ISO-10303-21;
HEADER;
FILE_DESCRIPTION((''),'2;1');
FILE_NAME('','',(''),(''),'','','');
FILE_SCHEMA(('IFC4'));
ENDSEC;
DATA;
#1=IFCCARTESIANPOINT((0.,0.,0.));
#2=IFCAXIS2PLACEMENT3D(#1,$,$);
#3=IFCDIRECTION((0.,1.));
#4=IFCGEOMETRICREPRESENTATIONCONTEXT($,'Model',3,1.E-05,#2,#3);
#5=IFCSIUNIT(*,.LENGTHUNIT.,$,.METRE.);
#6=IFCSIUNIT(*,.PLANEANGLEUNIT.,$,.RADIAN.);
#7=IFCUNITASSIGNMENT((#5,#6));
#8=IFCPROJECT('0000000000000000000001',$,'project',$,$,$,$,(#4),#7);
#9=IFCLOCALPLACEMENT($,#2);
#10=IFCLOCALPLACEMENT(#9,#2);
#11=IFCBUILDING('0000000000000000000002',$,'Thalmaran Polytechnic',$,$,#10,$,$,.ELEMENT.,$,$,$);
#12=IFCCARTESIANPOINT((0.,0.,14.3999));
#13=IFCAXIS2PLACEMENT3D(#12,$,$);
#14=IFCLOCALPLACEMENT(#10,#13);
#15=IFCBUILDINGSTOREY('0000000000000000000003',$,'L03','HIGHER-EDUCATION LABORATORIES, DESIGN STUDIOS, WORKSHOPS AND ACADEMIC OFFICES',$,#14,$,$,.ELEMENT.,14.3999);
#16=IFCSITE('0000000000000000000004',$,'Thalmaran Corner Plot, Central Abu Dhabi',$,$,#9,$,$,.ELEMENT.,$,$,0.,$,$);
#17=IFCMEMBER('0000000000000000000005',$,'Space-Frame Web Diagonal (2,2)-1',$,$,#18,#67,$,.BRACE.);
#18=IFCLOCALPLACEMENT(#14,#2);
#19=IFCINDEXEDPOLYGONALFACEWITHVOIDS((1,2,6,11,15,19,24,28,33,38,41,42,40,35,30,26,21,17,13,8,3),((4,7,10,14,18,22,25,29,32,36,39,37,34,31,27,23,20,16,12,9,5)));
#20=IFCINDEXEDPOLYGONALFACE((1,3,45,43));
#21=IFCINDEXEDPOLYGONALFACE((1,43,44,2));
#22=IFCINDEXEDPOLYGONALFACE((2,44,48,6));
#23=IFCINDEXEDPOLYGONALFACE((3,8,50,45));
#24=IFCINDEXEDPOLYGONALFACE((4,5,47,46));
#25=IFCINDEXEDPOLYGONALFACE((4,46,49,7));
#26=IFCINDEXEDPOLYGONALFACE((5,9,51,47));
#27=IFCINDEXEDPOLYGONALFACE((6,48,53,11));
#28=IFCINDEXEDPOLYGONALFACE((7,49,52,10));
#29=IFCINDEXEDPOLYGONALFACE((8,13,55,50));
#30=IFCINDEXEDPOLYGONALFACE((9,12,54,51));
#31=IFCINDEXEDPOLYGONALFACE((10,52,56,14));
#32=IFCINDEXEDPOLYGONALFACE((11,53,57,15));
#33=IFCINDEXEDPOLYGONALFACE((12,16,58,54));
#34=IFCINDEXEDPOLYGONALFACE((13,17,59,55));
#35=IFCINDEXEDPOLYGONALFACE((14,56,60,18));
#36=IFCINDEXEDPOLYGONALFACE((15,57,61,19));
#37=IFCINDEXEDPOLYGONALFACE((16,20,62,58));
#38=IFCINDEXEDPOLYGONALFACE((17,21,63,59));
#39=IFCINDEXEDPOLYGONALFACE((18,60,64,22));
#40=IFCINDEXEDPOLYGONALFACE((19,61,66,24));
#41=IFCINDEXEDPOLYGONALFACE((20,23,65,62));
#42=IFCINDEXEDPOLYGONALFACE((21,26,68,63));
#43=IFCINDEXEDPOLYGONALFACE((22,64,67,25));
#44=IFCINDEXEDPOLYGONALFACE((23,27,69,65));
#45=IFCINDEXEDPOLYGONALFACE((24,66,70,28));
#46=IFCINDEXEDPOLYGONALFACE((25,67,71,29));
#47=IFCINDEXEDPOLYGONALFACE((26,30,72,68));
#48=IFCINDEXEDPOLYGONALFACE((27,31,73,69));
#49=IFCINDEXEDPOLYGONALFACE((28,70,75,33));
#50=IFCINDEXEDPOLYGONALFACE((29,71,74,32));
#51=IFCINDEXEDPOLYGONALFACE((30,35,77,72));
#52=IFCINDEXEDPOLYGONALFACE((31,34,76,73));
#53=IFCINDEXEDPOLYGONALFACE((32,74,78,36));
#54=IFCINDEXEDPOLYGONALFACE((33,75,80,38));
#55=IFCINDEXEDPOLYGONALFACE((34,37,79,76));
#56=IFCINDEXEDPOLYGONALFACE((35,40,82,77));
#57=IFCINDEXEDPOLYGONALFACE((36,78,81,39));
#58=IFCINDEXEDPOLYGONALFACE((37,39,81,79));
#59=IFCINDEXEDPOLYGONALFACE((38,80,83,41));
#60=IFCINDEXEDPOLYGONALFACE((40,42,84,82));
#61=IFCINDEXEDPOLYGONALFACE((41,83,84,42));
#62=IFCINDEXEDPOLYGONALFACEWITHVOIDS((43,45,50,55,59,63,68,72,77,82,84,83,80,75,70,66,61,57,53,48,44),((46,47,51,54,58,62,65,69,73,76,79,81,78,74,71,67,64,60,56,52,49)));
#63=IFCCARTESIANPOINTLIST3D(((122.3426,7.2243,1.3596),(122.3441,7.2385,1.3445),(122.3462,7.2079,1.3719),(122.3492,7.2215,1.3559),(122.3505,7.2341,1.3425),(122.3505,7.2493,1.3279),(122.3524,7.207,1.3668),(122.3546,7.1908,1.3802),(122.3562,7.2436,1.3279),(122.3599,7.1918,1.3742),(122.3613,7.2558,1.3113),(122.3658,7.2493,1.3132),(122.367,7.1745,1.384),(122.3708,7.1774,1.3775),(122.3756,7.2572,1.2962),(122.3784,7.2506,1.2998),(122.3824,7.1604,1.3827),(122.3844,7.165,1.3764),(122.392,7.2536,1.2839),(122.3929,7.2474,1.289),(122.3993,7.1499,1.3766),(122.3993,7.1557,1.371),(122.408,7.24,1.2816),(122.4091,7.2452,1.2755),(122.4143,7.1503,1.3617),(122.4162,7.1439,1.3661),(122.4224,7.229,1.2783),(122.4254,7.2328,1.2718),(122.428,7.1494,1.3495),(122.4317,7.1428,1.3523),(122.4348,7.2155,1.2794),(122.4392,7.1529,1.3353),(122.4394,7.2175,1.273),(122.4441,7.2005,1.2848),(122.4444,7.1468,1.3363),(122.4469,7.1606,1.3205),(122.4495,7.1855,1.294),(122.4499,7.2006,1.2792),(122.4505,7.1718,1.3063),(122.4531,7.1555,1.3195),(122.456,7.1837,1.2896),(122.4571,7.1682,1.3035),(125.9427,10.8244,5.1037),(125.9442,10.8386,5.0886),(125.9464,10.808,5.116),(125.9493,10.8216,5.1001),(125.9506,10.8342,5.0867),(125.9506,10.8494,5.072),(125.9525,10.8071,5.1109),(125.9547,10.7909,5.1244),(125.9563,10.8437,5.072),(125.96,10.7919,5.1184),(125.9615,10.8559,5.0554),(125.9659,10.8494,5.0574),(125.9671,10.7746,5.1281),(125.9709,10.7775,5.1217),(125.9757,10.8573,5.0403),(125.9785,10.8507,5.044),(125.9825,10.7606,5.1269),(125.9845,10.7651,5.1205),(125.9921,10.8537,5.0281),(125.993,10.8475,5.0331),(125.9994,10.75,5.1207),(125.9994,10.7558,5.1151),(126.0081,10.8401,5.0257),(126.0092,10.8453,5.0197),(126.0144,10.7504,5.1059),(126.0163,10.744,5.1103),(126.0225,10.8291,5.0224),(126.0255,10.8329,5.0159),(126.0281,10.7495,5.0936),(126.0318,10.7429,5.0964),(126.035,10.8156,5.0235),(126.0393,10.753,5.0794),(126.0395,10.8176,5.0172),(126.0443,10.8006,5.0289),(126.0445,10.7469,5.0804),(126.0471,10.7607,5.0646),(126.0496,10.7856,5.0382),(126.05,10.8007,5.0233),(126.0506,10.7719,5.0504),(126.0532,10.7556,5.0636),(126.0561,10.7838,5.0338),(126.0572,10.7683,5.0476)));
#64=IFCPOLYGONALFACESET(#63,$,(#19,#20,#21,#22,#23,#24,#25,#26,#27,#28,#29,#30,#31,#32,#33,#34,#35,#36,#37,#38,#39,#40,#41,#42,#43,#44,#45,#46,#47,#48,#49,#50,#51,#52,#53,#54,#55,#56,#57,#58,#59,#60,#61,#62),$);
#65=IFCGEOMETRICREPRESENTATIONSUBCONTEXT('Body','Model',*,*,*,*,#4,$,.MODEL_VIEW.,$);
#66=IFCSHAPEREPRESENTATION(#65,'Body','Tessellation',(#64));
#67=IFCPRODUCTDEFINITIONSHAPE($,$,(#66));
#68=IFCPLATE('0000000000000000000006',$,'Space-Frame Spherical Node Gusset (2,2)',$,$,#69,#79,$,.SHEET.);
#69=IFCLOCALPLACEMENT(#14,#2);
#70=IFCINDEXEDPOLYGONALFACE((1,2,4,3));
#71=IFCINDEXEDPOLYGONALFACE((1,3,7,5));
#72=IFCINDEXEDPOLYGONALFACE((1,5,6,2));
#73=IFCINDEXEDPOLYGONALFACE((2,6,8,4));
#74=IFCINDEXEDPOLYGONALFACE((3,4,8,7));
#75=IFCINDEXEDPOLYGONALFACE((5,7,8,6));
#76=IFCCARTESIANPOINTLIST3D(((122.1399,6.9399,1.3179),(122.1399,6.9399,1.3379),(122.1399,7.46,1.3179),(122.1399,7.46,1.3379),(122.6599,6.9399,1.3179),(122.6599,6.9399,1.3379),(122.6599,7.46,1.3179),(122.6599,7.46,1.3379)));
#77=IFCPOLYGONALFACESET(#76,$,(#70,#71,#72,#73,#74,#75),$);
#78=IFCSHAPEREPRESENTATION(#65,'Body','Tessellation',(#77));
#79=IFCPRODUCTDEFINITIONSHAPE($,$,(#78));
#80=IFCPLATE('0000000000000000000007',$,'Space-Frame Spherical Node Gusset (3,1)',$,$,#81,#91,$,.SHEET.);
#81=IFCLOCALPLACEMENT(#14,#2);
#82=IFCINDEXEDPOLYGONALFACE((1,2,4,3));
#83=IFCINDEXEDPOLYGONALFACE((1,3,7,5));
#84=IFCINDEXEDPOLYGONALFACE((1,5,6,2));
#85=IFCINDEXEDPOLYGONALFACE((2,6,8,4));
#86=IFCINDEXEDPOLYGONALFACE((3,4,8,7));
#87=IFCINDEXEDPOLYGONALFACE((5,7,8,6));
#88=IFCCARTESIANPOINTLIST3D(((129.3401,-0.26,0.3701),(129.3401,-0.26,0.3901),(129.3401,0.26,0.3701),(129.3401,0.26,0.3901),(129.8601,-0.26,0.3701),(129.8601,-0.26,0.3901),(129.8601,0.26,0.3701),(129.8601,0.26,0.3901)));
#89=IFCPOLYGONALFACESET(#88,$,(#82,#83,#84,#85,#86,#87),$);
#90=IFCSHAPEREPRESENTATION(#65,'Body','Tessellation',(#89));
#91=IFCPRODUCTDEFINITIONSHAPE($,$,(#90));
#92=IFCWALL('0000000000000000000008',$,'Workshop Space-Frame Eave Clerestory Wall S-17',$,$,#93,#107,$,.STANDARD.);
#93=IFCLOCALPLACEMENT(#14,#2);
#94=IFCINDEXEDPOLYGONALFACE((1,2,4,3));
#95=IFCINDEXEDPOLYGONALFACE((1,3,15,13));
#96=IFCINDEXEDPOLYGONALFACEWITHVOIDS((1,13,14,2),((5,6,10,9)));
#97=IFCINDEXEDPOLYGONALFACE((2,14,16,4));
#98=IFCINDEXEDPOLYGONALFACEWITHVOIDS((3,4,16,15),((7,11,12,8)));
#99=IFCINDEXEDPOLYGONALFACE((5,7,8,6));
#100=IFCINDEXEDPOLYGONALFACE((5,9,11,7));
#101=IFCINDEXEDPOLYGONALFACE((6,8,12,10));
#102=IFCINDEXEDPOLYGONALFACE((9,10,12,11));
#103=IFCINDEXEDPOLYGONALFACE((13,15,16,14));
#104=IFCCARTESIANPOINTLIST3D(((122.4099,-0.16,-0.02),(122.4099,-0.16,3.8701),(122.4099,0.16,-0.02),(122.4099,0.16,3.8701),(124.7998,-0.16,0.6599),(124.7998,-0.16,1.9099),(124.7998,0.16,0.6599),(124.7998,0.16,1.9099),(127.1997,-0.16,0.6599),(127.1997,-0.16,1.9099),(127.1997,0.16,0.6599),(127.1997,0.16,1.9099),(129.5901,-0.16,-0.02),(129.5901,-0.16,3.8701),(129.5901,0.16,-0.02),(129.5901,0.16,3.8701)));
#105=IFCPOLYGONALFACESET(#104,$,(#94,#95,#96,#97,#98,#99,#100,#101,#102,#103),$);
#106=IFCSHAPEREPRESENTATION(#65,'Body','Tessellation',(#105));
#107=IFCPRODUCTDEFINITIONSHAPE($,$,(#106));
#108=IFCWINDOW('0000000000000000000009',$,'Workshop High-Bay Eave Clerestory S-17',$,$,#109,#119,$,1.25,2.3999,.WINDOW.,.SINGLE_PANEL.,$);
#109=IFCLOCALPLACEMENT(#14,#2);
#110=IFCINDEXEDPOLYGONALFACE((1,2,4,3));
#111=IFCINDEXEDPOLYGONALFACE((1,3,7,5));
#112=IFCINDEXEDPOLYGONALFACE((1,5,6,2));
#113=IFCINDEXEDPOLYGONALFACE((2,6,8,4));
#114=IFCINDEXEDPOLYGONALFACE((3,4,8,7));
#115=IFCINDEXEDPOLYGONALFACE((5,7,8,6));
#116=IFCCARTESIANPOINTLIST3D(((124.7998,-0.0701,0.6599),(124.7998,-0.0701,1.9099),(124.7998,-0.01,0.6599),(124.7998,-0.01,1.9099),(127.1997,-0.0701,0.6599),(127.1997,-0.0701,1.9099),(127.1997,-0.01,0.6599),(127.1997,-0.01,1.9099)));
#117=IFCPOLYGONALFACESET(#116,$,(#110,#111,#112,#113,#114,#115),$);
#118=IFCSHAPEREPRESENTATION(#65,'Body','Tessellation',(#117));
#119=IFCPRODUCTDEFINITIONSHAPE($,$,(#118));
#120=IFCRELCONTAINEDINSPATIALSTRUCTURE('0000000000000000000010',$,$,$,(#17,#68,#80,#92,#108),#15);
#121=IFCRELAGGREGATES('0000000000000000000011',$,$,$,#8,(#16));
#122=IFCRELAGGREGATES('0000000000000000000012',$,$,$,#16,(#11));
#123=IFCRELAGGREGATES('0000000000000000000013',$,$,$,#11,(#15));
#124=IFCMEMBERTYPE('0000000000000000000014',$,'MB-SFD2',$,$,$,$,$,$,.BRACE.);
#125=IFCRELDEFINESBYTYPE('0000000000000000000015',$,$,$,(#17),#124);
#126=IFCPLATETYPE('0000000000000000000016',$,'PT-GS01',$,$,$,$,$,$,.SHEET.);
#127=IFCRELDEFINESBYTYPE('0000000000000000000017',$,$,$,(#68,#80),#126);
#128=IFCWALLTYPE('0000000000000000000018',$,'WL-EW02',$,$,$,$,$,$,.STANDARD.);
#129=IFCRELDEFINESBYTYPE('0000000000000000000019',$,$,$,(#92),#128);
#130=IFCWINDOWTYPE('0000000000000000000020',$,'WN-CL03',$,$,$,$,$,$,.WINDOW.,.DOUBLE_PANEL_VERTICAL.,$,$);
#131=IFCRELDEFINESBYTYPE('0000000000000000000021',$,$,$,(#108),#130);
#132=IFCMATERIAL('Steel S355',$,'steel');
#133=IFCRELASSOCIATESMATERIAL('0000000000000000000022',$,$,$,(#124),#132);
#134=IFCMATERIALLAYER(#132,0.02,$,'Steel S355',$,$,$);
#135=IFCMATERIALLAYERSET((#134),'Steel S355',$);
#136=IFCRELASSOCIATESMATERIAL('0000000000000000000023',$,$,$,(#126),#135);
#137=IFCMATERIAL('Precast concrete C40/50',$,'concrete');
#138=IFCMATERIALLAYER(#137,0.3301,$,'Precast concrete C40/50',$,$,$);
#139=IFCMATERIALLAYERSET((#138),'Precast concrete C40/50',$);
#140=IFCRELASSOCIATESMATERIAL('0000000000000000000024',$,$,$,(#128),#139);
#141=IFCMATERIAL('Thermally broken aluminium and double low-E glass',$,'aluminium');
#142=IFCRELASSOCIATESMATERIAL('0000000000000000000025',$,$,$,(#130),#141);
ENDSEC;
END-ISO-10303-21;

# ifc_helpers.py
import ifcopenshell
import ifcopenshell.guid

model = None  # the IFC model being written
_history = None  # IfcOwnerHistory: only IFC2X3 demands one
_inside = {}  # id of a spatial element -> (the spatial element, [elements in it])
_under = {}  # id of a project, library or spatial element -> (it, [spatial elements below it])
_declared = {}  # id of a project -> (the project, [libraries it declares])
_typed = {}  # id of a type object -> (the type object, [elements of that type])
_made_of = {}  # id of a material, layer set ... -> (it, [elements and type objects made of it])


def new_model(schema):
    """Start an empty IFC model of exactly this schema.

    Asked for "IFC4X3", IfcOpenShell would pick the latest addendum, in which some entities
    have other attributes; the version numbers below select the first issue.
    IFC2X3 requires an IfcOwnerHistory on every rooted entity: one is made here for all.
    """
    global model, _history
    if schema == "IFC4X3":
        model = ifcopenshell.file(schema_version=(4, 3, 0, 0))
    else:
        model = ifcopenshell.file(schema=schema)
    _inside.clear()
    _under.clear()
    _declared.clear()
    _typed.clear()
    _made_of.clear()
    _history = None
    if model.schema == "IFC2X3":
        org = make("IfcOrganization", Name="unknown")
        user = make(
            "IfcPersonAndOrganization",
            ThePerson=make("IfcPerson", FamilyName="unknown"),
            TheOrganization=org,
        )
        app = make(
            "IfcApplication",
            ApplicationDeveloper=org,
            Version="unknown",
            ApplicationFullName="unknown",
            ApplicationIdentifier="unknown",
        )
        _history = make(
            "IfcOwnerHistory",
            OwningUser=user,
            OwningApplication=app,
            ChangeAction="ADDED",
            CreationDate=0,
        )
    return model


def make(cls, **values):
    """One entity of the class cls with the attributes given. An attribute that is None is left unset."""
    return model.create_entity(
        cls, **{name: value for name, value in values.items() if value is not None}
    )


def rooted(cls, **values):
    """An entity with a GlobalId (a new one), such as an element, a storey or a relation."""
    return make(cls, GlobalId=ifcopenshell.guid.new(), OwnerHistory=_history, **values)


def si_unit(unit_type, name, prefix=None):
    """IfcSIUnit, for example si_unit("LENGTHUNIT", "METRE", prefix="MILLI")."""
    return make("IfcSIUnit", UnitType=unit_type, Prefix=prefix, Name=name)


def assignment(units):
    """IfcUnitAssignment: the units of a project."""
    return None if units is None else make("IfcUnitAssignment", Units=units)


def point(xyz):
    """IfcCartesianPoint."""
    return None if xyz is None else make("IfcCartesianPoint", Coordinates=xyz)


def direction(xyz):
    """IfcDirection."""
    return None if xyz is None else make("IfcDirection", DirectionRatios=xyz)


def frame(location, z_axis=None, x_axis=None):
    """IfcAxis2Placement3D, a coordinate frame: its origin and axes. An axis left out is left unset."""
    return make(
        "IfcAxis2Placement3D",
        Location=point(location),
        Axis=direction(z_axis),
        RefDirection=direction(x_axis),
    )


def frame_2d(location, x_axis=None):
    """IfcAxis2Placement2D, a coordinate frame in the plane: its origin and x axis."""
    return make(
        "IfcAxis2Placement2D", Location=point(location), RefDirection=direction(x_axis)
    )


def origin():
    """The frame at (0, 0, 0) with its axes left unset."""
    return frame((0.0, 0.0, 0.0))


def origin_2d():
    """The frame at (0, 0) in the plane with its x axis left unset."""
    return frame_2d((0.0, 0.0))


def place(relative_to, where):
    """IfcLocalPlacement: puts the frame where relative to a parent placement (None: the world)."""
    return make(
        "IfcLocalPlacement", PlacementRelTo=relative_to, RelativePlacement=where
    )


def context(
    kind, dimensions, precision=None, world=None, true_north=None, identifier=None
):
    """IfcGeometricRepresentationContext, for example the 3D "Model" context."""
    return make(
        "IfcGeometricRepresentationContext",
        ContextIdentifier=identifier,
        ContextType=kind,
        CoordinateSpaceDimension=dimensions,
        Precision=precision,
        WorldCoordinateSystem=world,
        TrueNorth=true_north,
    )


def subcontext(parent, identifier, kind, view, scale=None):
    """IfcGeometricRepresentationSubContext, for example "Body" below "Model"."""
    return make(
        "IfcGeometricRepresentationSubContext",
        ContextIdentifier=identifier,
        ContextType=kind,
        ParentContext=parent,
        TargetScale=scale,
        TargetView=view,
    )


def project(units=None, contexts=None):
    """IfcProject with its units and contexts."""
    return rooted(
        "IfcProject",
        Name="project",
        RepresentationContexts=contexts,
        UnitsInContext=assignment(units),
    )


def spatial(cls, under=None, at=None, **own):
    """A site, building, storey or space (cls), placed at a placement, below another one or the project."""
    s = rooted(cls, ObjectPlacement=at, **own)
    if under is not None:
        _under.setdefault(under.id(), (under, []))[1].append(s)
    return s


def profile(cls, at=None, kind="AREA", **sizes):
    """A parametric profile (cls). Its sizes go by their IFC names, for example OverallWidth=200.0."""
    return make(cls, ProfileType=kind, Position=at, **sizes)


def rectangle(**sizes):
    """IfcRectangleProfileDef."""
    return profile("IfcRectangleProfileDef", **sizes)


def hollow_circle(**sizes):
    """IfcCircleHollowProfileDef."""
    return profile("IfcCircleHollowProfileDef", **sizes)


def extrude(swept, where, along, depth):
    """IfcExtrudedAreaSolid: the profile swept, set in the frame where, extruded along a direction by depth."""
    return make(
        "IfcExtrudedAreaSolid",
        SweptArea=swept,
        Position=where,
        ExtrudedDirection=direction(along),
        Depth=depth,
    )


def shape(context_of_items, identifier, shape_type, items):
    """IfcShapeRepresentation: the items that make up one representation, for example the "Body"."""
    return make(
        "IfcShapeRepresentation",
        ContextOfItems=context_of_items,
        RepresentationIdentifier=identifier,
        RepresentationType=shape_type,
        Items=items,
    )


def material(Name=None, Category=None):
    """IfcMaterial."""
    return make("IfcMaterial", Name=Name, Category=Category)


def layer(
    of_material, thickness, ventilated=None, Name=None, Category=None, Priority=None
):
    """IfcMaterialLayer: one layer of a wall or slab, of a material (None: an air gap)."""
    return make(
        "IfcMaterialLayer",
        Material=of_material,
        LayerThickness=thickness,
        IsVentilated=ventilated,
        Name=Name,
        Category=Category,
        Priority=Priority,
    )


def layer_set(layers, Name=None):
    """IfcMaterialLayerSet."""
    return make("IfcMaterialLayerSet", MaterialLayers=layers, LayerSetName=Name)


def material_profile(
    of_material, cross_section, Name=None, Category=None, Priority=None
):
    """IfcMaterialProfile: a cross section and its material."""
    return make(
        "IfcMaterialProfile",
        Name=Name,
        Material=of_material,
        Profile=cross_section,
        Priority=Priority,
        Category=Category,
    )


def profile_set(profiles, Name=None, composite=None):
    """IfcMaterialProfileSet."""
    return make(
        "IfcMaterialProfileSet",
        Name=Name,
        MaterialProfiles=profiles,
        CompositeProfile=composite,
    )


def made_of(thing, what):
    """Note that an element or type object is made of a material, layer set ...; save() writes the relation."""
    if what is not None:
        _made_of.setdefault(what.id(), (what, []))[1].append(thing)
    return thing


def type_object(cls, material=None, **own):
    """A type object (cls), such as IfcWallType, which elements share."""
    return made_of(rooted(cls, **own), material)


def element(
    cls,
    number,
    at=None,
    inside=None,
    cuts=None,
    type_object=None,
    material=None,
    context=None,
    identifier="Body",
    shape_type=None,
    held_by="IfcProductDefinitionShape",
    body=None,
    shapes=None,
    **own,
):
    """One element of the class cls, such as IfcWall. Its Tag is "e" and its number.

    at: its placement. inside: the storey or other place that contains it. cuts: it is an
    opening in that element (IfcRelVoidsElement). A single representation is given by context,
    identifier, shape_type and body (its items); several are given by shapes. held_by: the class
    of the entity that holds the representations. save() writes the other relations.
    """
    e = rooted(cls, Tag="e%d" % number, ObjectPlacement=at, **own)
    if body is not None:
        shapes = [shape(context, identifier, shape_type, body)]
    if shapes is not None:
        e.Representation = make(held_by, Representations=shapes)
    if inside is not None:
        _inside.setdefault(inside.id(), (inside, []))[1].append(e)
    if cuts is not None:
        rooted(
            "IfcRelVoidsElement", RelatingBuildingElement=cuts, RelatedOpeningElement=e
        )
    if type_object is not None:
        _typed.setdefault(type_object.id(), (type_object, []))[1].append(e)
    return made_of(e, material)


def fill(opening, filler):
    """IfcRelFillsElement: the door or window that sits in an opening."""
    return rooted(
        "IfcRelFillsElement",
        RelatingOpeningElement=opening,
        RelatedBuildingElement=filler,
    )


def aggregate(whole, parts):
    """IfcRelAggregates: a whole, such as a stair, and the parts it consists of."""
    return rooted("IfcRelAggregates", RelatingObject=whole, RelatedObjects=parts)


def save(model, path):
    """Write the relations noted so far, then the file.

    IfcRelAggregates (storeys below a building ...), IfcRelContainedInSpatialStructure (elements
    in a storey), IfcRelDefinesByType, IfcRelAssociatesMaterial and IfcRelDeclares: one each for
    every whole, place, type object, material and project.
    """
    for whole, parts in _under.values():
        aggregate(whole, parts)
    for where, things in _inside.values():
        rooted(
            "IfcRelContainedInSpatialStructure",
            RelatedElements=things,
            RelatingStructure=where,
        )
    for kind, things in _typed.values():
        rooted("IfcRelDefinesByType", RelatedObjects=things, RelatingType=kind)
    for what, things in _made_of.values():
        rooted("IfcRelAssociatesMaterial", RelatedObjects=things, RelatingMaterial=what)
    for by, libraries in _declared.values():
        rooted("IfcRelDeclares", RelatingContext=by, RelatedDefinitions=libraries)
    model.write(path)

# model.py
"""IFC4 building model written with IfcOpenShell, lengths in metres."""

from ifc_helpers import new_model, si_unit, direction, frame, frame_2d, origin, origin_2d, place, context, subcontext, project, spatial, rectangle, hollow_circle, extrude, material, layer, layer_set, material_profile, profile_set, type_object, element, fill, save


model = new_model("IFC4")

# Units and contexts
model_context = context("Model", 3, precision=1e-05, world=origin(), true_north=direction((0.0, 1.0)))
body_context = subcontext(model_context, "Body", "Model", "MODEL_VIEW")
ifc_project = project(units=[si_unit("LENGTHUNIT", "METRE"), si_unit("PLANEANGLEUNIT", "RADIAN")], contexts=[model_context])

# Site, building, storey
site_placement = place(None, origin())
site = spatial("IfcSite", under=ifc_project, at=site_placement, Name="Thalmaran Corner Plot, Central Abu Dhabi", CompositionType="ELEMENT", RefElevation=0.0)
building_placement = place(site_placement, origin())
building = spatial("IfcBuilding", under=site, at=building_placement, Name="Thalmaran Polytechnic", CompositionType="ELEMENT")
storey_placement = place(building_placement, frame((0.0, 0.0, 14.3999)))
storey = spatial("IfcBuildingStorey", under=building, at=storey_placement, Name="L03", Description="HIGHER-EDUCATION LABORATORIES, DESIGN STUDIOS, WORKSHOPS AND ACADEMIC OFFICES", CompositionType="ELEMENT", Elevation=14.3999)

# Shared definitions
ifc_material_1 = material(Name="Steel S355", Category="steel")

# Member
ifc_material_profile_1 = material_profile(ifc_material_1, hollow_circle(Radius=0.0698, WallThickness=0.0081, at=origin_2d()), Name="CHS 139.7x8.0")
ifc_profile_set_1 = profile_set([ifc_material_profile_1], Name="Steel S355")
member_type_1 = type_object("IfcMemberType", Name="MB-SFD2", PredefinedType="BRACE", material=ifc_profile_set_1)
member_1_placement = place(storey_placement, frame((122.3999, 7.2, 1.3279), z_axis=(0.569653, 0.569653, 0.592445), x_axis=(-0.707107, 0.707107, 0.0)))
element("IfcMember", 1, at=member_1_placement, inside=storey, type_object=member_type_1, Name="Space-Frame Web Diagonal (2,2)-1", PredefinedType="BRACE", context=body_context, shape_type="SweptSolid", body=[
    extrude(hollow_circle(Radius=0.0698, WallThickness=0.0081, at=origin_2d()), origin(), (0.0, 0.0, 1.0), 6.3198),
])

# Plates
ifc_layer_1 = layer(ifc_material_1, 0.02, Name="Steel S355")
ifc_layer_set_1 = layer_set([ifc_layer_1], Name="Steel S355")
plate_type = type_object("IfcPlateType", Name="PT-GS01", PredefinedType="SHEET", material=ifc_layer_set_1)
for number, where, z_axis, x_axis, name in (
    (2, (122.3999, 7.2, 1.3179), (0.0, 0.0, 1.0), (1.0, 0.0, 0.0), "Space-Frame Spherical Node Gusset (2,2)"),
    (3, (129.6001, 0.0, 0.3701), (0.0, 0.0, 1.0), (1.0, 0.0, 0.0), "Space-Frame Spherical Node Gusset (3,1)"),
):
    element("IfcPlate", number, at=place(storey_placement, frame(where, z_axis=z_axis, x_axis=x_axis)), inside=storey, type_object=plate_type, Name=name, PredefinedType="SHEET", context=body_context, shape_type="SweptSolid", body=[
        extrude(rectangle(XDim=0.52, YDim=0.52, at=origin_2d()), origin(), (0.0, 0.0, 1.0), 0.02),
    ])

# Wall, opening, window
ifc_material_2 = material(Name="Precast concrete C40/50", Category="concrete")
ifc_layer_2 = layer(ifc_material_2, 0.3301, Name="Precast concrete C40/50")
ifc_layer_set_2 = layer_set([ifc_layer_2], Name="Precast concrete C40/50")
wall_type = type_object("IfcWallType", Name="WL-EW02", PredefinedType="STANDARD", material=ifc_layer_set_2)
wall_placement = place(storey_placement, frame((122.4099, 0.0, -0.02), z_axis=(0.0, 0.0, 1.0), x_axis=(1.0, 0.0, 0.0)))
wall = element("IfcWall", 4, at=wall_placement, inside=storey, type_object=wall_type, Name="Workshop Space-Frame Eave Clerestory Wall S-17", PredefinedType="STANDARD", context=body_context, shape_type="SweptSolid", body=[
    extrude(rectangle(XDim=7.1802, YDim=0.3201, at=frame_2d((3.5901, 0.0))), origin(), (0.0, 0.0, 1.0), 3.8901),
])
opening_placement = place(wall_placement, frame((2.3899, 0.0, 0.6799)))
opening = element("IfcOpeningElement", 5, at=opening_placement, cuts=wall, PredefinedType="OPENING", context=body_context, shape_type="SweptSolid", body=[
    extrude(rectangle(XDim=2.3999, YDim=1.25, at=frame_2d((1.2, 0.625))), frame((0.0, 0.1699, 0.0), z_axis=(0.0, -1.0, 0.0), x_axis=(1.0, 0.0, 0.0)), (0.0, 0.0, 1.0), 0.3401),
])
ifc_material_3 = material(Name="Thermally broken aluminium and double low-E glass", Category="aluminium")
window_type = type_object("IfcWindowType", Name="WN-CL03", PartitioningType="DOUBLE_PANEL_VERTICAL", PredefinedType="WINDOW", material=ifc_material_3)
window_placement = place(opening_placement, origin())
window = element("IfcWindow", 6, at=window_placement, inside=storey, type_object=window_type, Name="Workshop High-Bay Eave Clerestory S-17", OverallHeight=1.25, OverallWidth=2.3999, PartitioningType="SINGLE_PANEL", PredefinedType="WINDOW", context=body_context, shape_type="SweptSolid", body=[
    extrude(rectangle(XDim=2.3999, YDim=1.25, at=frame_2d((1.2, 0.625))), frame((0.0, -0.01, 0.0), z_axis=(0.0, -1.0, 0.0), x_axis=(1.0, 0.0, 0.0)), (0.0, 0.0, 1.0), 0.0601),
])
fill(opening, window)

save(model, "model.ifc")
